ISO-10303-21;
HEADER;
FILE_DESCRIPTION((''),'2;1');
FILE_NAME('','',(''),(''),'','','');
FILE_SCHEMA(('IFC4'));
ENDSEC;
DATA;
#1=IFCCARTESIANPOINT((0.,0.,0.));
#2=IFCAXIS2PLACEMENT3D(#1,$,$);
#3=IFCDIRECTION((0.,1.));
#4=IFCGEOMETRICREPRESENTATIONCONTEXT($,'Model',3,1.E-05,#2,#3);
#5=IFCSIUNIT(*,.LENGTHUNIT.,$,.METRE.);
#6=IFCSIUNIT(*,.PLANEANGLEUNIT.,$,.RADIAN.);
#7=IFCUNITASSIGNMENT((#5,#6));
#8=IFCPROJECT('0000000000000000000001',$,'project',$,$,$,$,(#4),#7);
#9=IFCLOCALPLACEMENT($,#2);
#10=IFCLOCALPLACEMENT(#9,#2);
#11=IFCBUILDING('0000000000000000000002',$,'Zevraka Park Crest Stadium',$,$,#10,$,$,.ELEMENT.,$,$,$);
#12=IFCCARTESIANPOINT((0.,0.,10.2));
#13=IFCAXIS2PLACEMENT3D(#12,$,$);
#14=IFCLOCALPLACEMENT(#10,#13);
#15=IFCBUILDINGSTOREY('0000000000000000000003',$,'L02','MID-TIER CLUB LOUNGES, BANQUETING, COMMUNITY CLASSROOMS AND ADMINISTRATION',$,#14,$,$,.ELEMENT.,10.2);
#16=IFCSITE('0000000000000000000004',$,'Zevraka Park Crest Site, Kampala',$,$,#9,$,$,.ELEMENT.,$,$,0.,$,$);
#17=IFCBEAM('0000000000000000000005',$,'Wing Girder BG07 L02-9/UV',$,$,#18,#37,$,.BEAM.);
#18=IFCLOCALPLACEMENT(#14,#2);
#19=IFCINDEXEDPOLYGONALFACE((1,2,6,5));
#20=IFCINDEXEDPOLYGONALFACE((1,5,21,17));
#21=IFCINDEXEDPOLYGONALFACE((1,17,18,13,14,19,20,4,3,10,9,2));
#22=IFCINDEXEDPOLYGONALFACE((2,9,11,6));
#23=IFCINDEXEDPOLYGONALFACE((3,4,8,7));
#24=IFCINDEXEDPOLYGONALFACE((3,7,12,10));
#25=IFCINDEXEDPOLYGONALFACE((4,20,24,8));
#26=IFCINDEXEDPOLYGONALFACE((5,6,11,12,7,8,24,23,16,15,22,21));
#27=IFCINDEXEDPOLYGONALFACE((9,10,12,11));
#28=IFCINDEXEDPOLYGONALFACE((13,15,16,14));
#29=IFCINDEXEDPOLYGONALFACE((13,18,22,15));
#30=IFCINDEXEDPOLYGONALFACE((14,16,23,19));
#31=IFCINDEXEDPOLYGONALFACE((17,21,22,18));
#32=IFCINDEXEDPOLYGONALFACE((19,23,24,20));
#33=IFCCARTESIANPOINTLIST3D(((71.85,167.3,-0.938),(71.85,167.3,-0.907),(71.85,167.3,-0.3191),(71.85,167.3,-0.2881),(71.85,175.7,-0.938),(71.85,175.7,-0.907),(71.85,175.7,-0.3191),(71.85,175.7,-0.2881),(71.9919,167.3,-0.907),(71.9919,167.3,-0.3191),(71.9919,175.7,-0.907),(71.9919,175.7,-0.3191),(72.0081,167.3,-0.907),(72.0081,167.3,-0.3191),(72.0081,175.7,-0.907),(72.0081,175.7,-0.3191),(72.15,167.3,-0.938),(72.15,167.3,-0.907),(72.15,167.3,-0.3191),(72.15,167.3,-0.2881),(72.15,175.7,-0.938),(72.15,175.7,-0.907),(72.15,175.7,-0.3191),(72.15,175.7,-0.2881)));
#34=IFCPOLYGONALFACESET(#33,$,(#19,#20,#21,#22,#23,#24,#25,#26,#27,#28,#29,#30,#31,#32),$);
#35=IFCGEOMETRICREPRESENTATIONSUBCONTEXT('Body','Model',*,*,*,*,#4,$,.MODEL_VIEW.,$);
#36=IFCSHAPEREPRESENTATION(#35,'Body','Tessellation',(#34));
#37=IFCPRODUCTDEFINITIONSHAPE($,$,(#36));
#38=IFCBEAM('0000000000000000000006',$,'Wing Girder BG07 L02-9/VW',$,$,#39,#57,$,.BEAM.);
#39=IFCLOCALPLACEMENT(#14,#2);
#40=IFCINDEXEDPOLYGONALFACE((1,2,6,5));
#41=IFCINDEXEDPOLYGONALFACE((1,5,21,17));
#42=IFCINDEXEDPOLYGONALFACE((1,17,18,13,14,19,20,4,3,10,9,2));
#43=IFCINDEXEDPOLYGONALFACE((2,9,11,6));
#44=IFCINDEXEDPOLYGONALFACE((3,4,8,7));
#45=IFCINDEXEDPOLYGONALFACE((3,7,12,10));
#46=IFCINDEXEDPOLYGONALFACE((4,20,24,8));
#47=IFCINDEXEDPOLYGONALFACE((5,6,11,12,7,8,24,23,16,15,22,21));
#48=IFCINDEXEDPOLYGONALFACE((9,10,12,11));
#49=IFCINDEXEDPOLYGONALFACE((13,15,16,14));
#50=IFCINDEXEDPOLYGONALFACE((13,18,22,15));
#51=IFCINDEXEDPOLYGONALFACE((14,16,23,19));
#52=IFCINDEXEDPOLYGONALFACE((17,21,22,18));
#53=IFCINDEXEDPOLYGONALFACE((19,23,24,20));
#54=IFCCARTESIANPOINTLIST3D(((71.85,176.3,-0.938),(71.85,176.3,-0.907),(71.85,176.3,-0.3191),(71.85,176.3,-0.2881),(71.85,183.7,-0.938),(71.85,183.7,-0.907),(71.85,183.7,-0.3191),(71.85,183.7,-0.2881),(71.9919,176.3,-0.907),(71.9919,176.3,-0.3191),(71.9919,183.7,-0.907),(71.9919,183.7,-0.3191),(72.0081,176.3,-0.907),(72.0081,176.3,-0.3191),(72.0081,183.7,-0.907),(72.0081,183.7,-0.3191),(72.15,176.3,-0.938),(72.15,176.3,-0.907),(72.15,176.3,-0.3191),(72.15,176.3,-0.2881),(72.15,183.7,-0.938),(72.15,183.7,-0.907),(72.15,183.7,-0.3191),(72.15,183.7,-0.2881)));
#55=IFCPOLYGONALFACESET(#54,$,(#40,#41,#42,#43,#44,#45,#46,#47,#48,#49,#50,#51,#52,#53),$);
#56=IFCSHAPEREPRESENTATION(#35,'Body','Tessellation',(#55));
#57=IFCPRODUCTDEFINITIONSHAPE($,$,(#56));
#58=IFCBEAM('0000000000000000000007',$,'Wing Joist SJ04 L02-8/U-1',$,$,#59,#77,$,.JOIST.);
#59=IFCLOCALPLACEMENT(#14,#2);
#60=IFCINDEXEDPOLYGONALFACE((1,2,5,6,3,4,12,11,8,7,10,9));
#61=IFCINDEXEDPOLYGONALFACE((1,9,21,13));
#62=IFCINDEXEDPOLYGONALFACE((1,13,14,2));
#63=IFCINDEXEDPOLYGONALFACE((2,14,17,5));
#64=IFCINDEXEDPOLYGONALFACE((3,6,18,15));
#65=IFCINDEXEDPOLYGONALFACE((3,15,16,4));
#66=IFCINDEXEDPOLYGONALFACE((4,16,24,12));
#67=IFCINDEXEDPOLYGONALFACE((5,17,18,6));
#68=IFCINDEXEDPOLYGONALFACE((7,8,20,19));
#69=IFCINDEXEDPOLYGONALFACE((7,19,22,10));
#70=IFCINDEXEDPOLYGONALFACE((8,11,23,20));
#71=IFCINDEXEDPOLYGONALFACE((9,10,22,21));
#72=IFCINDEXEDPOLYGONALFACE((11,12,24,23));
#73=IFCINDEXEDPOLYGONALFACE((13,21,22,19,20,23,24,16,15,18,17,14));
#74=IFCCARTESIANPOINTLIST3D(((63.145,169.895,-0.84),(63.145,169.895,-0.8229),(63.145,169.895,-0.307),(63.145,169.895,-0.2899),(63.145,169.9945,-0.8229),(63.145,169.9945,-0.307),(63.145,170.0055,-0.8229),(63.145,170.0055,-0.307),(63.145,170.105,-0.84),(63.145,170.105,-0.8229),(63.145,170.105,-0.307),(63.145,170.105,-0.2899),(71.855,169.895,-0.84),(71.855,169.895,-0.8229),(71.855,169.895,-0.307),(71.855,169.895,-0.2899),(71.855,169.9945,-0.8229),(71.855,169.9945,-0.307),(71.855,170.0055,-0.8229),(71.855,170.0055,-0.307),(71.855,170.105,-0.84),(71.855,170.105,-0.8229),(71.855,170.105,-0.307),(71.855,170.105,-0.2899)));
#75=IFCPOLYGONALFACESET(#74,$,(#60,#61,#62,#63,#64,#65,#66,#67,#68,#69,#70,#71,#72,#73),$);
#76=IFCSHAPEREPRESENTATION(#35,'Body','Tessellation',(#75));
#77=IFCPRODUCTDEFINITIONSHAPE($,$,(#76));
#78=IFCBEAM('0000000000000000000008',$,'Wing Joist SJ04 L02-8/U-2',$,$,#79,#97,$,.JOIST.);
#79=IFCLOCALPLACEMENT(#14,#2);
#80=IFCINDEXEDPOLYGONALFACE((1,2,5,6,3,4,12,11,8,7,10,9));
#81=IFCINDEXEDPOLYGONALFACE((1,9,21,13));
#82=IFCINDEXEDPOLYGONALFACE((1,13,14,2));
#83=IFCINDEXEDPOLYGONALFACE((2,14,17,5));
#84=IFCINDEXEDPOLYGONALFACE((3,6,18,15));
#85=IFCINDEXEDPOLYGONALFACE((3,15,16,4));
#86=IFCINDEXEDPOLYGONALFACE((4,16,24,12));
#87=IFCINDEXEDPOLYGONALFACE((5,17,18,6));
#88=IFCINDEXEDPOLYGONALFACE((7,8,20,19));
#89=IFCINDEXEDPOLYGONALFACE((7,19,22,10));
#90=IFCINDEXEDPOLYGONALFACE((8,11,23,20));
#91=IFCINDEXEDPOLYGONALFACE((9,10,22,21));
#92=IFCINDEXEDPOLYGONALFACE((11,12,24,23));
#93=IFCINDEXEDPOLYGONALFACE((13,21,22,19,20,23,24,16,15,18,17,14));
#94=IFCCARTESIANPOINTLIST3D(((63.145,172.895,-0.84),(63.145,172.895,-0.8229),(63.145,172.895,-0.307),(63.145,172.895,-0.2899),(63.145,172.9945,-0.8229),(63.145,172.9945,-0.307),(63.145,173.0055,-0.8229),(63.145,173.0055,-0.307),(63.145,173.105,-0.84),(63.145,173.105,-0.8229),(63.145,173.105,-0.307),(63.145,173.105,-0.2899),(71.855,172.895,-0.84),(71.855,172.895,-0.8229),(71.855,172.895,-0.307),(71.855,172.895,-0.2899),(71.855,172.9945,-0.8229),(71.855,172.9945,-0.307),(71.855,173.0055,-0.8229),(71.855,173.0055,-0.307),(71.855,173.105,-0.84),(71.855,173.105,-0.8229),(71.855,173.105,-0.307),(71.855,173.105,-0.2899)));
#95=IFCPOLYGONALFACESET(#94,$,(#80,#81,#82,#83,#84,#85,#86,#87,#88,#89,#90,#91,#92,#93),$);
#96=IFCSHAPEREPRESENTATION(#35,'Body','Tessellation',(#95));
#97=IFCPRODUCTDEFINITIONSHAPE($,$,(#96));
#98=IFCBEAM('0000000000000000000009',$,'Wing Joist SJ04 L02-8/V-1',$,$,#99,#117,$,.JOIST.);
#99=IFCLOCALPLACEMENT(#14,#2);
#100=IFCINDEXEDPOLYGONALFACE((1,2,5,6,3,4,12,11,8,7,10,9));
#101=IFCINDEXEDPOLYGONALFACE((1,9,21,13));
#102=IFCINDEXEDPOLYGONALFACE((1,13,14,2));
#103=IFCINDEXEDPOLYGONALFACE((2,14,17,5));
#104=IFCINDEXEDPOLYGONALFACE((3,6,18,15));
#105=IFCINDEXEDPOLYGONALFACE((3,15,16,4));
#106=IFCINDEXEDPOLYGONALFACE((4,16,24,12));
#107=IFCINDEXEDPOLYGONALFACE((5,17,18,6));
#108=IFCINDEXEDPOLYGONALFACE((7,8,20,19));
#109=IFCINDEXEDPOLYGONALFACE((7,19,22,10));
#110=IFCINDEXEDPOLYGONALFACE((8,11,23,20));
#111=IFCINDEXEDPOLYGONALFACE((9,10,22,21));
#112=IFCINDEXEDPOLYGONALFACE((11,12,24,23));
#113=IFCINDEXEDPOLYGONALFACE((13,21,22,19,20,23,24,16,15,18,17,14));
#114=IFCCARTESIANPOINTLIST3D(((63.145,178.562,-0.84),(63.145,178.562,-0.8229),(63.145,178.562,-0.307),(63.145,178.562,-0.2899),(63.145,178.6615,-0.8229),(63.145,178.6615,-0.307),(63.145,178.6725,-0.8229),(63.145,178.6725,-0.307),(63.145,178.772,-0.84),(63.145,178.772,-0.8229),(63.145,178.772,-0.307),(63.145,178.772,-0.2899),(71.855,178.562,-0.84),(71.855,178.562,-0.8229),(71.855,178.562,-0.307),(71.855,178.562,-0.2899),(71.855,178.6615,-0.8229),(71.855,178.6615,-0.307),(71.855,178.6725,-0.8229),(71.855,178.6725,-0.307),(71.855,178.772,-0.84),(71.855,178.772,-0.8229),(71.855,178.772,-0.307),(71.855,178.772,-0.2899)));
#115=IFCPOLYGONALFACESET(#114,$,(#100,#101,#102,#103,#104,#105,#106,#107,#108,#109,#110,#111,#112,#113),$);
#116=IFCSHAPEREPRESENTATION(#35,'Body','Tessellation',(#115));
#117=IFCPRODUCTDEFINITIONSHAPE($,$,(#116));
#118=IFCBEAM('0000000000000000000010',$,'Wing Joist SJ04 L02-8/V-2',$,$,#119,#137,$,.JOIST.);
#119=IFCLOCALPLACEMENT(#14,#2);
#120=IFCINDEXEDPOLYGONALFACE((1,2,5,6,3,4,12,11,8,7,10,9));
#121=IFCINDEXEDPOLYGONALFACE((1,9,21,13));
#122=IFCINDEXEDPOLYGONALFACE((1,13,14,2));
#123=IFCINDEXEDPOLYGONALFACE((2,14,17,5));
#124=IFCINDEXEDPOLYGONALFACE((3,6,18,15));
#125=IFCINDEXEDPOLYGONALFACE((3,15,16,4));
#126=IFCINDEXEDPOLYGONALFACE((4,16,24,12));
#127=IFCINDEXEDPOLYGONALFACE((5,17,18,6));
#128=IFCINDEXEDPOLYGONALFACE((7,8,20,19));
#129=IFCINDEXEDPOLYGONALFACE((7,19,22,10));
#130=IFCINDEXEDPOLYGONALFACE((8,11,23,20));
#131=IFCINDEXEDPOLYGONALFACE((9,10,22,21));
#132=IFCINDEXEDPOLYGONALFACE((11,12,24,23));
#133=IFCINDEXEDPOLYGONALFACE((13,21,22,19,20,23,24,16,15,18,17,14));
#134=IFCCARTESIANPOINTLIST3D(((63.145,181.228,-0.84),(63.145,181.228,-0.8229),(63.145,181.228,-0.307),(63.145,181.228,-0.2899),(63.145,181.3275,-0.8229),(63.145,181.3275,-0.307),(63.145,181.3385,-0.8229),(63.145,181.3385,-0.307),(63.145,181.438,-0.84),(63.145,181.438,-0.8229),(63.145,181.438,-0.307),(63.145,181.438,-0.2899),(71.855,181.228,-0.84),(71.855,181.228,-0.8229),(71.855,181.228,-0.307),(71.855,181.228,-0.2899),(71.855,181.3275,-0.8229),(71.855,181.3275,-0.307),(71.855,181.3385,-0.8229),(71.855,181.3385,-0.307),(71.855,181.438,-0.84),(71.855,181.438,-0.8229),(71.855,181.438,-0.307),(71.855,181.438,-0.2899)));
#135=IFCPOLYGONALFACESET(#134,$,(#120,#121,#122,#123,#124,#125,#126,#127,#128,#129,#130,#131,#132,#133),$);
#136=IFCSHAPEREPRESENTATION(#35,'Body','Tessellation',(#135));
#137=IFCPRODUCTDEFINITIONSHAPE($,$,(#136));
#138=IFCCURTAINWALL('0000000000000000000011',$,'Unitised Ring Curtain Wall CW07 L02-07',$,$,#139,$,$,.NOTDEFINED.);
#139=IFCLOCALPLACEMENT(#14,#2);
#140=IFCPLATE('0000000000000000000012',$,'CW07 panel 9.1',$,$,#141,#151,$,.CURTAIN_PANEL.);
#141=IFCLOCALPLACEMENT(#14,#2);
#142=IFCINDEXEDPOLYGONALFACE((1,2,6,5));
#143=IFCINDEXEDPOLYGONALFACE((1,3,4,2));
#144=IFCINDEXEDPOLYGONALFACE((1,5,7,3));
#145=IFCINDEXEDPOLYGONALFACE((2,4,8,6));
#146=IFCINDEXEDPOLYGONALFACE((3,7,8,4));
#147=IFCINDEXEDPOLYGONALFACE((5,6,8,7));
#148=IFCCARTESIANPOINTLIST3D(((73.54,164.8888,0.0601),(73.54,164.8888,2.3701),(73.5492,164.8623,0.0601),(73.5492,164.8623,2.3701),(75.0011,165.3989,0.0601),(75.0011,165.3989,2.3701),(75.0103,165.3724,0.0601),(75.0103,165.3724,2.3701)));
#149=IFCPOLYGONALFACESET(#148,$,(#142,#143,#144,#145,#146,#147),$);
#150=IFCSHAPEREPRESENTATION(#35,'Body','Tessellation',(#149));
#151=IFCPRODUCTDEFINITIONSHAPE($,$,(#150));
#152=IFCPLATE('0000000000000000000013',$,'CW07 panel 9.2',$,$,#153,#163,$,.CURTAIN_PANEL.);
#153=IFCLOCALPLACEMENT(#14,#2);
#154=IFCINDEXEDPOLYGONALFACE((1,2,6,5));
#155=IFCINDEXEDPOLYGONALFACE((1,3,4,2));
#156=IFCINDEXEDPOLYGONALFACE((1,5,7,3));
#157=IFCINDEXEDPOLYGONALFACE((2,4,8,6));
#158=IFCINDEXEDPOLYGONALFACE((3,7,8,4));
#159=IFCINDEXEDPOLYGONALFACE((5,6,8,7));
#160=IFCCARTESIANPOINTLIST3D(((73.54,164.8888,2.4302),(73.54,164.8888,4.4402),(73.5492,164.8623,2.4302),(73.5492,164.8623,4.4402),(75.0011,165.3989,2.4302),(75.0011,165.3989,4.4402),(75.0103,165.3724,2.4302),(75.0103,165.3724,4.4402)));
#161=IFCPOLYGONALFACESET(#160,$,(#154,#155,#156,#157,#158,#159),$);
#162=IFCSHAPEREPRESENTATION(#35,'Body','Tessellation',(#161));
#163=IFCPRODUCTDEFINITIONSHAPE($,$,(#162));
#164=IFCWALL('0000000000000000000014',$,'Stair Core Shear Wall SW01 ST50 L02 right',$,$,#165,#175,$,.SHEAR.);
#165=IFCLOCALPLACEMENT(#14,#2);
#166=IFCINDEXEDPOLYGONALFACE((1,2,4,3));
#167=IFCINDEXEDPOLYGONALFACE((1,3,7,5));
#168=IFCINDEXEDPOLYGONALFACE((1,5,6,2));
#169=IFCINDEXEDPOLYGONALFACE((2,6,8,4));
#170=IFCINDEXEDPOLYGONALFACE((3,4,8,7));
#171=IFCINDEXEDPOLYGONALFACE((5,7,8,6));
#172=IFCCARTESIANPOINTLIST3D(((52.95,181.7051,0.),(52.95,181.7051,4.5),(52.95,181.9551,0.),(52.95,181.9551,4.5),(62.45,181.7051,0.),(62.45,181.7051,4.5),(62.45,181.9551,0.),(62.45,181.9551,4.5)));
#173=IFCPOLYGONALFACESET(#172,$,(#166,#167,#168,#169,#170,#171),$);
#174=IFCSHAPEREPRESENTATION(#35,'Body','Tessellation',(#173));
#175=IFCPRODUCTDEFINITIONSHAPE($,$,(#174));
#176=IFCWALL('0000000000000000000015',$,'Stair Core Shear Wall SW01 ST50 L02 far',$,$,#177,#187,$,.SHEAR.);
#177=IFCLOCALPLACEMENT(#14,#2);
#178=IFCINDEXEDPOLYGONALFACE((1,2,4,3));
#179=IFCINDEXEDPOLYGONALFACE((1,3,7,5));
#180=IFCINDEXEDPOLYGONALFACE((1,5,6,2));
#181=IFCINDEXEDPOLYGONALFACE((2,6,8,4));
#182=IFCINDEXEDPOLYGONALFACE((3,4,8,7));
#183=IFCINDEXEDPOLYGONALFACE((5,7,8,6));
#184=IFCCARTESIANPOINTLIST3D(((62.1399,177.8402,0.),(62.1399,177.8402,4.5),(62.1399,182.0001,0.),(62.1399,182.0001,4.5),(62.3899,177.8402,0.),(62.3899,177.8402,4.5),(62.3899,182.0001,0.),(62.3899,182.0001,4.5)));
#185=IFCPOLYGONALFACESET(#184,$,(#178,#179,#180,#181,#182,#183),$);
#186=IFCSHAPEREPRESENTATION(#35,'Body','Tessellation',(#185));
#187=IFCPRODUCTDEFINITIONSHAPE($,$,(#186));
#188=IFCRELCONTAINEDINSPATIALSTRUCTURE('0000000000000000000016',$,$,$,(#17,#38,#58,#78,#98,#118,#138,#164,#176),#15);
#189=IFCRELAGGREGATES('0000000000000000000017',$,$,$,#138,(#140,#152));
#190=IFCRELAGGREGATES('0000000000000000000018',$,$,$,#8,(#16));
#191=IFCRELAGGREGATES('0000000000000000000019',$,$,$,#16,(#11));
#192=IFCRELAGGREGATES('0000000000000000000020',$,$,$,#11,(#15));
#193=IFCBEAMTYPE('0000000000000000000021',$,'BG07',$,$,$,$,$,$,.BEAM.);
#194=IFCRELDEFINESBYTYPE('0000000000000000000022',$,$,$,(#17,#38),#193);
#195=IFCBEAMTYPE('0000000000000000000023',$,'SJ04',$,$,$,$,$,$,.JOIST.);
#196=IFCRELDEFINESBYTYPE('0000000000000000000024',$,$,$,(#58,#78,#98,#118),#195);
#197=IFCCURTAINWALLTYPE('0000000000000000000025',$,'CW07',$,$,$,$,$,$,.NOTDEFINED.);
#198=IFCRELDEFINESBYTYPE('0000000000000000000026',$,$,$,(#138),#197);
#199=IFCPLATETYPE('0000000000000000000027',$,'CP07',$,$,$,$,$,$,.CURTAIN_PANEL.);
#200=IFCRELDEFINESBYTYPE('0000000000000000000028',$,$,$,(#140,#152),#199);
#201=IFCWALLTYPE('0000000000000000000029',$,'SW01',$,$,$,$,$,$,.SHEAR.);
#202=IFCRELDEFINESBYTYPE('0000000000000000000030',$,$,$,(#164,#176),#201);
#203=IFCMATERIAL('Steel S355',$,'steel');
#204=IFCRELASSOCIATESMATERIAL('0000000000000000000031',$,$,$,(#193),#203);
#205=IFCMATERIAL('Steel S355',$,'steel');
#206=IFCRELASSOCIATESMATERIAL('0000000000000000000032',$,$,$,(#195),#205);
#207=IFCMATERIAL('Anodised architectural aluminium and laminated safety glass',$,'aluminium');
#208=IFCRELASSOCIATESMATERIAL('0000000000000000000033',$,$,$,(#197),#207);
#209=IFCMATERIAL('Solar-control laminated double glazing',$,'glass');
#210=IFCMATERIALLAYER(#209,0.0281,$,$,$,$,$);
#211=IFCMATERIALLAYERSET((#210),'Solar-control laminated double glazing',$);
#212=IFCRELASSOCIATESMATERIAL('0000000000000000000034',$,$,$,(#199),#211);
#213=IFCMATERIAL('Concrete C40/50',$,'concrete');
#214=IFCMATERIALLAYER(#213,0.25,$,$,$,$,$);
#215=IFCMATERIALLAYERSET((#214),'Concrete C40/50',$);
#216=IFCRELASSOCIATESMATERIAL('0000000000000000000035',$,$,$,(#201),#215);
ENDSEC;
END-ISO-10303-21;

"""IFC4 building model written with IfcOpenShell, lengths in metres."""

from ifc_helpers import new_model, si_unit, direction, frame, frame_2d, origin, origin_2d, place, context, subcontext, project, spatial, rectangle, i_section, extrude, material, layer, layer_set, material_profile, profile_set, type_object, element, aggregate, save


model = new_model("IFC4")

# Units and contexts
model_context = context("Model", 3, precision=1e-05, world=origin(), true_north=direction((0.0, 1.0)))
body_context = subcontext(model_context, "Body", "Model", "MODEL_VIEW")
ifc_project = project(units=[si_unit("LENGTHUNIT", "METRE"), si_unit("PLANEANGLEUNIT", "RADIAN")], contexts=[model_context])

# Site, building, storey
site_placement = place(None, origin())
site = spatial("IfcSite", under=ifc_project, at=site_placement, Name="Zevraka Park Crest Site, Kampala", CompositionType="ELEMENT", RefElevation=0.0)
building_placement = place(site_placement, origin())
building = spatial("IfcBuilding", under=site, at=building_placement, Name="Zevraka Park Crest Stadium", CompositionType="ELEMENT")
storey_placement = place(building_placement, frame((0.0, 0.0, 10.2)))
storey = spatial("IfcBuildingStorey", under=building, at=storey_placement, Name="L02", Description="MID-TIER CLUB LOUNGES, BANQUETING, COMMUNITY CLASSROOMS AND ADMINISTRATION", CompositionType="ELEMENT", Elevation=10.2)

# Beams
ifc_material_1 = material(Name="Steel S355", Category="steel")
ifc_material_profile_1 = material_profile(ifc_material_1, i_section(OverallWidth=0.3, OverallDepth=0.6499, WebThickness=0.0161, FlangeThickness=0.031, at=origin_2d()), Name="HEB 650")
ifc_profile_set_1 = profile_set([ifc_material_profile_1], Name="Steel S355")
beam_type_1 = type_object("IfcBeamType", Name="BG07", PredefinedType="BEAM", material=ifc_profile_set_1)
beam_1_placement = place(storey_placement, frame((72.0, 167.3, -0.613), z_axis=(0.0, 1.0, 0.0), x_axis=(-1.0, 0.0, 0.0)))
element("IfcBeam", 1, at=beam_1_placement, inside=storey, type_object=beam_type_1, Name="Wing Girder BG07 L02-9/UV", PredefinedType="BEAM", context=body_context, shape_type="SweptSolid", body=[
    extrude(i_section(OverallWidth=0.3, OverallDepth=0.6499, WebThickness=0.0161, FlangeThickness=0.031, at=origin_2d()), origin(), (0.0, 0.0, 1.0), 8.3999),
])
beam_2_placement = place(storey_placement, frame((72.0, 176.3, -0.613), z_axis=(0.0, 1.0, 0.0), x_axis=(-1.0, 0.0, 0.0)))
element("IfcBeam", 2, at=beam_2_placement, inside=storey, type_object=beam_type_1, Name="Wing Girder BG07 L02-9/VW", PredefinedType="BEAM", context=body_context, shape_type="SweptSolid", body=[
    extrude(i_section(OverallWidth=0.3, OverallDepth=0.6499, WebThickness=0.0161, FlangeThickness=0.031, at=origin_2d()), origin(), (0.0, 0.0, 1.0), 7.3999),
])
ifc_material_2 = material(Name="Steel S355", Category="steel")
ifc_material_profile_2 = material_profile(ifc_material_2, i_section(OverallWidth=0.21, OverallDepth=0.55, WebThickness=0.011, FlangeThickness=0.0171, at=origin_2d()), Name="IPE 550")
ifc_profile_set_2 = profile_set([ifc_material_profile_2], Name="Steel S355")
beam_type_2 = type_object("IfcBeamType", Name="SJ04", PredefinedType="JOIST", material=ifc_profile_set_2)
for number, where, z_axis, x_axis, name in (
    (3, (63.145, 170.0, -0.5649), (1.0, 0.0, 0.0), (0.0, 1.0, 0.0), "Wing Joist SJ04 L02-8/U-1"),
    (4, (63.145, 173.0, -0.5649), (1.0, 0.0, 0.0), (0.0, 1.0, 0.0), "Wing Joist SJ04 L02-8/U-2"),
    (5, (63.145, 178.667, -0.5649), (1.0, 0.0, 0.0), (0.0, 1.0, 0.0), "Wing Joist SJ04 L02-8/V-1"),
    (6, (63.145, 181.333, -0.5649), (1.0, 0.0, 0.0), (0.0, 1.0, 0.0), "Wing Joist SJ04 L02-8/V-2"),
):
    element("IfcBeam", number, at=place(storey_placement, frame(where, z_axis=z_axis, x_axis=x_axis)), inside=storey, type_object=beam_type_2, Name=name, PredefinedType="JOIST", context=body_context, shape_type="SweptSolid", body=[
        extrude(i_section(OverallWidth=0.21, OverallDepth=0.55, WebThickness=0.011, FlangeThickness=0.0171, at=origin_2d()), origin(), (0.0, 0.0, 1.0), 8.71),
    ])

# Curtain wall, plates
ifc_material_3 = material(Name="Anodised architectural aluminium and laminated safety glass", Category="aluminium")
curtain_wall_type = type_object("IfcCurtainWallType", Name="CW07", PredefinedType="NOTDEFINED", material=ifc_material_3)
curtain_wall_placement = place(storey_placement, origin())
curtain_wall = element("IfcCurtainWall", 7, at=curtain_wall_placement, inside=storey, type_object=curtain_wall_type, Name="Unitised Ring Curtain Wall CW07 L02-07", PredefinedType="NOTDEFINED")
ifc_material_4 = material(Name="Solar-control laminated double glazing", Category="glass")
ifc_layer_1 = layer(ifc_material_4, 0.0281)
ifc_layer_set_1 = layer_set([ifc_layer_1], Name="Solar-control laminated double glazing")
plate_type = type_object("IfcPlateType", Name="CP07", PredefinedType="CURTAIN_PANEL", material=ifc_layer_set_1)
plate_1_placement = place(storey_placement, frame((74.2751, 165.1306, 0.0601), z_axis=(0.0, 0.0, 1.0), x_axis=(-0.944114, -0.329619, 0.0)))
plate_1 = element("IfcPlate", 8, at=plate_1_placement, type_object=plate_type, Name="CW07 panel 9.1", PredefinedType="CURTAIN_PANEL", context=body_context, shape_type="SweptSolid", body=[
    extrude(rectangle(XDim=1.5476, YDim=0.0281, at=origin_2d()), origin(), (0.0, 0.0, 1.0), 2.3101),
])
plate_2_placement = place(storey_placement, frame((74.2751, 165.1306, 2.4302), z_axis=(0.0, 0.0, 1.0), x_axis=(-0.944114, -0.329619, 0.0)))
plate_2 = element("IfcPlate", 9, at=plate_2_placement, type_object=plate_type, Name="CW07 panel 9.2", PredefinedType="CURTAIN_PANEL", context=body_context, shape_type="SweptSolid", body=[
    extrude(rectangle(XDim=1.5476, YDim=0.0281, at=origin_2d()), origin(), (0.0, 0.0, 1.0), 2.01),
])
aggregate(curtain_wall, [plate_1, plate_2])

# Walls
ifc_material_5 = material(Name="Concrete C40/50", Category="concrete")
ifc_layer_2 = layer(ifc_material_5, 0.25)
ifc_layer_set_2 = layer_set([ifc_layer_2], Name="Concrete C40/50")
wall_type = type_object("IfcWallType", Name="SW01", PredefinedType="SHEAR", material=ifc_layer_set_2)
wall_1_placement = place(storey_placement, frame((62.45, 181.8301, 0.0), z_axis=(0.0, 0.0, 1.0), x_axis=(-1.0, 0.0, 0.0)))
element("IfcWall", 10, at=wall_1_placement, inside=storey, type_object=wall_type, Name="Stair Core Shear Wall SW01 ST50 L02 right", PredefinedType="SHEAR", context=body_context, shape_type="SweptSolid", body=[
    extrude(rectangle(XDim=9.5, YDim=0.25, at=frame_2d((4.75, 0.0))), origin(), (0.0, 0.0, 1.0), 4.5),
])
wall_2_placement = place(storey_placement, frame((62.2649, 177.8401, 0.0), z_axis=(0.0, 0.0, 1.0), x_axis=(0.0, 1.0, 0.0)))
element("IfcWall", 11, at=wall_2_placement, inside=storey, type_object=wall_type, Name="Stair Core Shear Wall SW01 ST50 L02 far", PredefinedType="SHEAR", context=body_context, shape_type="SweptSolid", body=[
    extrude(rectangle(XDim=4.1599, YDim=0.25, at=frame_2d((2.0801, 0.0))), origin(), (0.0, 0.0, 1.0), 4.5),
])

save(model, "model.ifc")
